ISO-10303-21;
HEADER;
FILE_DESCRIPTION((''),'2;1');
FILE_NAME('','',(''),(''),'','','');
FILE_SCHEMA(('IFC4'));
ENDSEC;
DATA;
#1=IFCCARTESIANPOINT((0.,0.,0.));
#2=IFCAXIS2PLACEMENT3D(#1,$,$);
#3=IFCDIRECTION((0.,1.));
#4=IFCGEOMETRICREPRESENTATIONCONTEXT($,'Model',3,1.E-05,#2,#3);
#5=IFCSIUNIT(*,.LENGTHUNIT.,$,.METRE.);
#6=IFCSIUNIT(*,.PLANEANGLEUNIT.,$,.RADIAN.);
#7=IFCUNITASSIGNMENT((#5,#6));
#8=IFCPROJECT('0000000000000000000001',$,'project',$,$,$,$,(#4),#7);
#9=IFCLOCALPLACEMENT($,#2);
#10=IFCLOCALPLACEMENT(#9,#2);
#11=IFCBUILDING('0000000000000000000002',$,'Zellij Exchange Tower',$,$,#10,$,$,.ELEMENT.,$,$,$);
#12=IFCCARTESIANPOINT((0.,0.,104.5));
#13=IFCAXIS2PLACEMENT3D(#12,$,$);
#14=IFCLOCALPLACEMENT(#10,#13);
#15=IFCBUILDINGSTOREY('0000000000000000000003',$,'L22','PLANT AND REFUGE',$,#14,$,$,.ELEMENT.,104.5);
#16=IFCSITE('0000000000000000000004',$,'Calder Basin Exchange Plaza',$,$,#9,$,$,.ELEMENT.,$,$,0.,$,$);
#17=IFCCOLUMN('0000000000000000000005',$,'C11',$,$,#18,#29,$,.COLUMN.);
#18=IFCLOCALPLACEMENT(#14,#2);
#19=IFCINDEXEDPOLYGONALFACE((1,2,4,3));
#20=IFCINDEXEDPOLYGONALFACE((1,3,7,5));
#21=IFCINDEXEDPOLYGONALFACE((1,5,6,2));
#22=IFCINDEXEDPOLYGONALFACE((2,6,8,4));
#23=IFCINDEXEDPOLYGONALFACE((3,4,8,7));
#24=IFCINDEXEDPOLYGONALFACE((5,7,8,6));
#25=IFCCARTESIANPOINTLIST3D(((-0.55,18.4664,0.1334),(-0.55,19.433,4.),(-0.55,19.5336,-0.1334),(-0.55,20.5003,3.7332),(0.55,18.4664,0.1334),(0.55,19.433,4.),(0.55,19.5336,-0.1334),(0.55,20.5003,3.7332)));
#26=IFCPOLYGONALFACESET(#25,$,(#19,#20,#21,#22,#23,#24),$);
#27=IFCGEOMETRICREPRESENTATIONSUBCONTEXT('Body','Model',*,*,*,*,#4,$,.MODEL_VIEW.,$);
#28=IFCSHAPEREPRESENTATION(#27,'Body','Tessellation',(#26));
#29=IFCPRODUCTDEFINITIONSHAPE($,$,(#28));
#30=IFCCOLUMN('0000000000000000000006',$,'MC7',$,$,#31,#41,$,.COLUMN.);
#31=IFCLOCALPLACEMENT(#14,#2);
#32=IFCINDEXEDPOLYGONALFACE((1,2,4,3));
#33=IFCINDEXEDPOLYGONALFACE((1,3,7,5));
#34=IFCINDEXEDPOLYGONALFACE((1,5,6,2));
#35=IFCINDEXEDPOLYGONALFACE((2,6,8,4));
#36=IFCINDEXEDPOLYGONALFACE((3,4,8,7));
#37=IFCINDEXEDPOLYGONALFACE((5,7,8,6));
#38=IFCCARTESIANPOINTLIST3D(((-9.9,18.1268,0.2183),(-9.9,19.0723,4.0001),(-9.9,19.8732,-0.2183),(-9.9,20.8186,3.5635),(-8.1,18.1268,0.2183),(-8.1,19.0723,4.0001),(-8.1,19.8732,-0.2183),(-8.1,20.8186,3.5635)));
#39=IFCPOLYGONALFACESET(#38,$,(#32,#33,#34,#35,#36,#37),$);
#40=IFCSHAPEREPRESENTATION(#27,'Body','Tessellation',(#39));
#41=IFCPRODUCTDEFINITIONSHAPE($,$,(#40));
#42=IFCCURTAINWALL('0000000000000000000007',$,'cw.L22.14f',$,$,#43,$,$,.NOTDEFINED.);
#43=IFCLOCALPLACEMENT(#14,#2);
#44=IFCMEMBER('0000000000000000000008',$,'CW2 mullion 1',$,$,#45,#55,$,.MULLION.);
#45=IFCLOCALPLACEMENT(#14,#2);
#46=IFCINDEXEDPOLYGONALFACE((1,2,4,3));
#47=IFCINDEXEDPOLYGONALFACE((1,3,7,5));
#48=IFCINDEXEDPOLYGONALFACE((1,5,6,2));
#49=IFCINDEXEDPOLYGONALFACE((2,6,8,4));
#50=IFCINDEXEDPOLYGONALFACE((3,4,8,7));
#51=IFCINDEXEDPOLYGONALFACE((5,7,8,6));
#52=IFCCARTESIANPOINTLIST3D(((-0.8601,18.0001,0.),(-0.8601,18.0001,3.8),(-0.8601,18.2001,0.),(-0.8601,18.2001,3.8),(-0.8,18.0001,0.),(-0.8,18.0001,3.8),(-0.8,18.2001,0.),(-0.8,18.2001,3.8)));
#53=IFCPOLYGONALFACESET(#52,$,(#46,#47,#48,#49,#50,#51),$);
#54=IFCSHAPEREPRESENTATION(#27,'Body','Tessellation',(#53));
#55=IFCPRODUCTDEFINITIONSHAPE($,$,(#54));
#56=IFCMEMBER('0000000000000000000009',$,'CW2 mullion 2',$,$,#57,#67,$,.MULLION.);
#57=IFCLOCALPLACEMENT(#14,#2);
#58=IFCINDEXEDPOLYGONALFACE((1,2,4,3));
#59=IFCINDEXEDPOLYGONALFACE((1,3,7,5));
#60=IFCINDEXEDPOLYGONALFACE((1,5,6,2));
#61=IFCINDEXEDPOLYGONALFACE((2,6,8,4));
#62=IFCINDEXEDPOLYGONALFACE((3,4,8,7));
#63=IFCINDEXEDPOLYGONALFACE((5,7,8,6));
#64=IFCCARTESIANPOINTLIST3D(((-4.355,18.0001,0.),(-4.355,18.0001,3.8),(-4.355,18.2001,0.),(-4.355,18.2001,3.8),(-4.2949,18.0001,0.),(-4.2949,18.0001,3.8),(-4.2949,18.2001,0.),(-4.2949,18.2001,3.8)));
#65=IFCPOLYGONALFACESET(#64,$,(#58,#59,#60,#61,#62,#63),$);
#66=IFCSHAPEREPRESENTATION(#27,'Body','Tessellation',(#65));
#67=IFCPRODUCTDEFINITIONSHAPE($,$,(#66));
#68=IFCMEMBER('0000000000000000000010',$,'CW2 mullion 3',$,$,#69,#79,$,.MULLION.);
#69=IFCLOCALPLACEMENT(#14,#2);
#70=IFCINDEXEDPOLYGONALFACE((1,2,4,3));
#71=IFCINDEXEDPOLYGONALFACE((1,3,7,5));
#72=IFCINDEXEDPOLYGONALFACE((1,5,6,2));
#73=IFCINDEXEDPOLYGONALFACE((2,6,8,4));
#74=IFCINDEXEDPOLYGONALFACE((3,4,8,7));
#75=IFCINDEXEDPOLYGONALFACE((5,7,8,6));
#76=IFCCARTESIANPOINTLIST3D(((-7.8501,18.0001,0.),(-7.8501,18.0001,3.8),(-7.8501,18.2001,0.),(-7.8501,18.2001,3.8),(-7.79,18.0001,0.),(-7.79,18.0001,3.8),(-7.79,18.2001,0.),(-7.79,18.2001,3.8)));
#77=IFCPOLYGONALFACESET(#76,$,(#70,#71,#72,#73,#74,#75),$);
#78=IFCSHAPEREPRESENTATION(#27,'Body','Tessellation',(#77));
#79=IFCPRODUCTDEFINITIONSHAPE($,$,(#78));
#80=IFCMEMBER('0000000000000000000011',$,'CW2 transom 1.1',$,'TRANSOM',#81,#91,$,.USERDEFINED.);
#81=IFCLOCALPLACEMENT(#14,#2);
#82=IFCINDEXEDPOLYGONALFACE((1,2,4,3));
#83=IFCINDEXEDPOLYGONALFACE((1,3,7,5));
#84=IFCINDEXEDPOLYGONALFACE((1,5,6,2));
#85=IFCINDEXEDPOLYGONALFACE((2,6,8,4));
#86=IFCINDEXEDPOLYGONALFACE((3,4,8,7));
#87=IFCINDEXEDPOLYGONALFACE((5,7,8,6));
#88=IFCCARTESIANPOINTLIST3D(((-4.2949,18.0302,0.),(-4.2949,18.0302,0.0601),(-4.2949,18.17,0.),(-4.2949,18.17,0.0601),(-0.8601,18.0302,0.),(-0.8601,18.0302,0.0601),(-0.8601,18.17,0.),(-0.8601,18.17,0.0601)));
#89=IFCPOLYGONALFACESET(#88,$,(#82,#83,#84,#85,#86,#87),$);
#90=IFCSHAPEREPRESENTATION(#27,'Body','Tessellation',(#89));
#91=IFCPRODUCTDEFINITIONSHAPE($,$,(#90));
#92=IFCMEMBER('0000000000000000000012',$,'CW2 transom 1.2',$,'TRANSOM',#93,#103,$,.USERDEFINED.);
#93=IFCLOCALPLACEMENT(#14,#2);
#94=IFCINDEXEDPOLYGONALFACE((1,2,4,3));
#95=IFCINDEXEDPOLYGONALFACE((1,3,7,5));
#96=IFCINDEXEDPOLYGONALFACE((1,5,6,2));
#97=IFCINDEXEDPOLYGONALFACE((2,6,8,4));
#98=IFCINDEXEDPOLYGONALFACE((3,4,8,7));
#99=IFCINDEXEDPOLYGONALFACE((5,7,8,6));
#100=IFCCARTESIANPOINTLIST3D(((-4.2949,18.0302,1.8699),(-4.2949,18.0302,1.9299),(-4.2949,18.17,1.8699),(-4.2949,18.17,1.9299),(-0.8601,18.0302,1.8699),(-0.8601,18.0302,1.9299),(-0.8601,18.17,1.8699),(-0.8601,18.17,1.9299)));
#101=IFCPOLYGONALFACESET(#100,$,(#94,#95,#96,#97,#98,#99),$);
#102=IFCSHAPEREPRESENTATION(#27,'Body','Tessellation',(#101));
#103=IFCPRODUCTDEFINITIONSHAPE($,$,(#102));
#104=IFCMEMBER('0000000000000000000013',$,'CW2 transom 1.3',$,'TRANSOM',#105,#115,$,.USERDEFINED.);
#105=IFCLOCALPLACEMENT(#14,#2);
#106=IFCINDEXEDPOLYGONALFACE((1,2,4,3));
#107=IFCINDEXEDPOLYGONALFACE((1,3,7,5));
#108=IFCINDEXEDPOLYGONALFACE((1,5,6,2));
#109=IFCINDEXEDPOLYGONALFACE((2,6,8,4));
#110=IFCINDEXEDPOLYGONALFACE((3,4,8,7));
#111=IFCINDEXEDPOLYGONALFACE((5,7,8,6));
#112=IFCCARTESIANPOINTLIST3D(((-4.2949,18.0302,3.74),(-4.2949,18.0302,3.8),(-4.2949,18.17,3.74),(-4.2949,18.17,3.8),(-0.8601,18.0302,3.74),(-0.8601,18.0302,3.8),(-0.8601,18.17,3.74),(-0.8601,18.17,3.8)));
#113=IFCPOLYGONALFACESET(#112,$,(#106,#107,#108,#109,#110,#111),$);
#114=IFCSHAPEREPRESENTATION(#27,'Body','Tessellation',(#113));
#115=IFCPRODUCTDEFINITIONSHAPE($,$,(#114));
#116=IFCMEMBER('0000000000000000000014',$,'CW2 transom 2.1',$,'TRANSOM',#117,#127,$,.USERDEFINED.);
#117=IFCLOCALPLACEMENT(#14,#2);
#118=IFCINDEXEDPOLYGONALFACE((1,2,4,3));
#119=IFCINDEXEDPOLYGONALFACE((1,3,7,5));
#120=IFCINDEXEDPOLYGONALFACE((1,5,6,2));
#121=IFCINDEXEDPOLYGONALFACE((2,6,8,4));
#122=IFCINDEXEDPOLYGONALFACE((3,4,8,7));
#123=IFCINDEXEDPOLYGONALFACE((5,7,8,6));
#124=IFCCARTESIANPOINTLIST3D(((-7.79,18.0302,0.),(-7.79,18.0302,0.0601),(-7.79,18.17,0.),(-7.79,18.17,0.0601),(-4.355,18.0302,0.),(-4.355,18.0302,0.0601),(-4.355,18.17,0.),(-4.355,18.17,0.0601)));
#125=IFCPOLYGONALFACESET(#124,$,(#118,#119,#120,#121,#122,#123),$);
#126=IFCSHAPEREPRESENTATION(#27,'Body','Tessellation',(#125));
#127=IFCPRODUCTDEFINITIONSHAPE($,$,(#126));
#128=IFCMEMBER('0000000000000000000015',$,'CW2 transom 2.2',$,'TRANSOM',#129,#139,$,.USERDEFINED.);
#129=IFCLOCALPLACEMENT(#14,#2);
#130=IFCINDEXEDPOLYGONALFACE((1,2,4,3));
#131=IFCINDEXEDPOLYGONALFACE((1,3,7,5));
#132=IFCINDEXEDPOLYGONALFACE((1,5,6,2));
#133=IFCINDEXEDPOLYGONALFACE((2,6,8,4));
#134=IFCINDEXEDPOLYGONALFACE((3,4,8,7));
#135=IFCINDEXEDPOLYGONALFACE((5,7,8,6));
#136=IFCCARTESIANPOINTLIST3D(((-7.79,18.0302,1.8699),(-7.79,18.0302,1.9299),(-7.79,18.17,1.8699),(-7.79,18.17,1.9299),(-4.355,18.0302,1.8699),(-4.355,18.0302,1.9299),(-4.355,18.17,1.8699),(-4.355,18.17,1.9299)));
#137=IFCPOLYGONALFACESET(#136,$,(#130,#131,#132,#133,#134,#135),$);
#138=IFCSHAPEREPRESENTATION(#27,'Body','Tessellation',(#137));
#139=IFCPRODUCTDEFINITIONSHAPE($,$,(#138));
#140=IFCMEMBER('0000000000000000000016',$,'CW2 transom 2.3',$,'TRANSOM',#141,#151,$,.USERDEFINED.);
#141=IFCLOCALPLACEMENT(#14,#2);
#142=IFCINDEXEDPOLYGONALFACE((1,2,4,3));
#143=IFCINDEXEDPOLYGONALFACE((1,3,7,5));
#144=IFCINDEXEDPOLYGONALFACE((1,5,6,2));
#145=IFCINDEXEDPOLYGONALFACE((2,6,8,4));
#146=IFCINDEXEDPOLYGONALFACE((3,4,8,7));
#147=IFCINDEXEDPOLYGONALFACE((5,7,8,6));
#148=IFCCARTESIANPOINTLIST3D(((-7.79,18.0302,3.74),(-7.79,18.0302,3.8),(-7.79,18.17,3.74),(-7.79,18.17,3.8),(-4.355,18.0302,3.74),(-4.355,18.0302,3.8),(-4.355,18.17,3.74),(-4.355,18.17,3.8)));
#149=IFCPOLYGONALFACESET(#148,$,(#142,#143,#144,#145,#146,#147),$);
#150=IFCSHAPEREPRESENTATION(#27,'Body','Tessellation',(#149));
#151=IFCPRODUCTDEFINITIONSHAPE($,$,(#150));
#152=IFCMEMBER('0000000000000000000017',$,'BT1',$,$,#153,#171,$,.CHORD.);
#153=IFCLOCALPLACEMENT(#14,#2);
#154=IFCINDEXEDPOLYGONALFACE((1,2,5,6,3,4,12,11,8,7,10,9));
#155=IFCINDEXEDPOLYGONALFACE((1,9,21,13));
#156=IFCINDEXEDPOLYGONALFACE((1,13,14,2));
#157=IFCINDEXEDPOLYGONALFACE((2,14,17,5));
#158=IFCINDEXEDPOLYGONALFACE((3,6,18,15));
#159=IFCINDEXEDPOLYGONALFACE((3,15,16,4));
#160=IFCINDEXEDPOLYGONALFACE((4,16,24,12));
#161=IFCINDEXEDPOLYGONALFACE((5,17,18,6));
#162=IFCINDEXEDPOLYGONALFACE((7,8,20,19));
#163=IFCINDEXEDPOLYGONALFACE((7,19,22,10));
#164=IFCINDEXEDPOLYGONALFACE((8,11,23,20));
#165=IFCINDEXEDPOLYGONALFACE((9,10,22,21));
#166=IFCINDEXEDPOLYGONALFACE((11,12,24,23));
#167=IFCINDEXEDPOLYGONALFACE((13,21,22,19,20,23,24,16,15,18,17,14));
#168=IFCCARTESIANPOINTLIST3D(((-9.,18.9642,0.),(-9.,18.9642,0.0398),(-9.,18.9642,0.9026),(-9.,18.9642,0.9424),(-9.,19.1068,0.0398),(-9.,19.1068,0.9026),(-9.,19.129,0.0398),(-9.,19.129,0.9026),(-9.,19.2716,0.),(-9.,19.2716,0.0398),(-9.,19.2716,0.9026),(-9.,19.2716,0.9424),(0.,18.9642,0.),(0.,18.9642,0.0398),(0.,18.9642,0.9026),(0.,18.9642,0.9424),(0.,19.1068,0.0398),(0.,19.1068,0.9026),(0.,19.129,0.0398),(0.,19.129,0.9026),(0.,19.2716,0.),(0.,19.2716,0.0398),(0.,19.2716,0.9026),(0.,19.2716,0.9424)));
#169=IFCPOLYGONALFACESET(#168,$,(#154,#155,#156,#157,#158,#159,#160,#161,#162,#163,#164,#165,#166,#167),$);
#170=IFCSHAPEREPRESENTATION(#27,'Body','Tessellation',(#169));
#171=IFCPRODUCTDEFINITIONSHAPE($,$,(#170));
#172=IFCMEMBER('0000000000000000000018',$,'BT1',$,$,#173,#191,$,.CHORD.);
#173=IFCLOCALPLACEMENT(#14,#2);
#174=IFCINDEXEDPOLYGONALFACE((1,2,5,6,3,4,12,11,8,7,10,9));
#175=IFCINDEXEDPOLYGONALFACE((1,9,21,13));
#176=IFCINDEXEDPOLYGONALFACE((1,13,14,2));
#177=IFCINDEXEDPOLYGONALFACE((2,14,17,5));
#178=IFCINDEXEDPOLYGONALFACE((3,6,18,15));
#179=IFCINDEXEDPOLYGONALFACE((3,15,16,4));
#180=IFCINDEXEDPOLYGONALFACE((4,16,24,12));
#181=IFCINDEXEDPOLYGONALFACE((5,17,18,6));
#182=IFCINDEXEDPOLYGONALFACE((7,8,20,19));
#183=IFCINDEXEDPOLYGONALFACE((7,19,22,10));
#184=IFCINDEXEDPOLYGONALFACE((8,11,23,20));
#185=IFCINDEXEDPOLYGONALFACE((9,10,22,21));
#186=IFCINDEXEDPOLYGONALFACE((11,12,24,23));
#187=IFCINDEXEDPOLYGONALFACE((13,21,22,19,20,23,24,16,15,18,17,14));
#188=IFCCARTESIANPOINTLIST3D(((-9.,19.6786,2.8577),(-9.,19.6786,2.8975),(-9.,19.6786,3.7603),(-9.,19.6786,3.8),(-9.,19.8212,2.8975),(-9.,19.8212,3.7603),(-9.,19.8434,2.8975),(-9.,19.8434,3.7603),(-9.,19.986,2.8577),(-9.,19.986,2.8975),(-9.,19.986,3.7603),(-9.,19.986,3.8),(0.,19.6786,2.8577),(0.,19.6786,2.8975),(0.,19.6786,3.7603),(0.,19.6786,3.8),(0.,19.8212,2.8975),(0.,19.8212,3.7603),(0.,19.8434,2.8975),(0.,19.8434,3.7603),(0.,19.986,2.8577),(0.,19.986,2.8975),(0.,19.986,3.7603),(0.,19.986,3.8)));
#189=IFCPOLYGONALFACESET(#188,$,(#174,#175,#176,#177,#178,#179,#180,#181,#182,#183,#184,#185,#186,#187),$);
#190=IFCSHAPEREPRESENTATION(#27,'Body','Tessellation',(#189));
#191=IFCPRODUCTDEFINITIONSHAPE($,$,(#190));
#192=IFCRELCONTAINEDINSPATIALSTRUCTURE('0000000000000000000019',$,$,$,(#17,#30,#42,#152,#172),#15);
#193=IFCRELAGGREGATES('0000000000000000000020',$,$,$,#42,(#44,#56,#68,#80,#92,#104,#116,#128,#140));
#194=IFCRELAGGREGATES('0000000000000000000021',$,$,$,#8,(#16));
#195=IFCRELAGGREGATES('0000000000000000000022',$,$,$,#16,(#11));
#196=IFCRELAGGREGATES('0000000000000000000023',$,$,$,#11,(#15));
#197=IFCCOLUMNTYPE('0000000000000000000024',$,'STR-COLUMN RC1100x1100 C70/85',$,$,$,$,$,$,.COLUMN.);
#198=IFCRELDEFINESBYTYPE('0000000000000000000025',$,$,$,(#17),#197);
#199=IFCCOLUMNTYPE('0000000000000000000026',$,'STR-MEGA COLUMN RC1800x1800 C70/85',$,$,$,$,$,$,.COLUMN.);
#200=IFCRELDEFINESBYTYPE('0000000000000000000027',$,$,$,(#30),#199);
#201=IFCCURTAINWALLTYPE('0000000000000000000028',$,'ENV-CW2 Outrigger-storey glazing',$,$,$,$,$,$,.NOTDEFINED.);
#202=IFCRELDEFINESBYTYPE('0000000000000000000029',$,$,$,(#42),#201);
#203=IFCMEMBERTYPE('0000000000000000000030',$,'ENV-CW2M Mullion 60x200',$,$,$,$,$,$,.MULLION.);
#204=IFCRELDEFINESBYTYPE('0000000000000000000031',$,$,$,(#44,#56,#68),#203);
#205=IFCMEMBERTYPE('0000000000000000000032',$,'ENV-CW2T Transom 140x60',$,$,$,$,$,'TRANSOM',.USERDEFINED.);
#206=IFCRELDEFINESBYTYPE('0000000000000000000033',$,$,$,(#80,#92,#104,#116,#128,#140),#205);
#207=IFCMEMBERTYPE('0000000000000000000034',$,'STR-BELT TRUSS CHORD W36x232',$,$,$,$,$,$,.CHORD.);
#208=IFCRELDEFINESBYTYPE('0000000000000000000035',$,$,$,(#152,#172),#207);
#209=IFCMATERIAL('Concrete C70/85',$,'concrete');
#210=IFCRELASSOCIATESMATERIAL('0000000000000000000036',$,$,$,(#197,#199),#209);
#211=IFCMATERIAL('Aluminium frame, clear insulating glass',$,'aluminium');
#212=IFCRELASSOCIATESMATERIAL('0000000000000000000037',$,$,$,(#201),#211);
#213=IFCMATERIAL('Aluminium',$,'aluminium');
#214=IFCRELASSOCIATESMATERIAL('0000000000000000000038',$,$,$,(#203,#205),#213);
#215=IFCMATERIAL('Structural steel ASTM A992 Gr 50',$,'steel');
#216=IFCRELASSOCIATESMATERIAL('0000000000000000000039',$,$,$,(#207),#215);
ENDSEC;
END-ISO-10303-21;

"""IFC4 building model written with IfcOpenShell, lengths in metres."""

from ifc_helpers import new_model, si_unit, direction, frame, origin, origin_2d, place, context, subcontext, project, spatial, rectangle, i_section, extrude, clip, halfspace, material, material_profile, profile_set, type_object, element, aggregate, save


model = new_model("IFC4")

# Units and contexts
model_context = context("Model", 3, precision=1e-05, world=origin(), true_north=direction((0.0, 1.0)))
body_context = subcontext(model_context, "Body", "Model", "MODEL_VIEW")
ifc_project = project(units=[si_unit("LENGTHUNIT", "METRE"), si_unit("PLANEANGLEUNIT", "RADIAN")], contexts=[model_context])

# Site, building, storey
site_placement = place(None, origin())
site = spatial("IfcSite", under=ifc_project, at=site_placement, Name="Calder Basin Exchange Plaza", CompositionType="ELEMENT", RefElevation=0.0)
building_placement = place(site_placement, origin())
building = spatial("IfcBuilding", under=site, at=building_placement, Name="Zellij Exchange Tower", CompositionType="ELEMENT")
storey_placement = place(building_placement, frame((0.0, 0.0, 104.5)))
storey = spatial("IfcBuildingStorey", under=building, at=storey_placement, Name="L22", Description="PLANT AND REFUGE", CompositionType="ELEMENT", Elevation=104.5)

# Columns
ifc_material_1 = material(Name="Concrete C70/85", Category="concrete")
ifc_material_profile_1 = material_profile(ifc_material_1, rectangle(XDim=1.1001, YDim=1.1001, at=origin_2d()), Name="STR-COLUMN RC1100x1100 C70/85")
ifc_profile_set_1 = profile_set([ifc_material_profile_1], Name="Concrete C70/85")
column_type_1 = type_object("IfcColumnType", Name="STR-COLUMN RC1100x1100 C70/85", PredefinedType="COLUMN", material=ifc_profile_set_1)
column_1_placement = place(storey_placement, frame((0.0, 19.0, 0.0), z_axis=(0.0, 0.242536, 0.970143), x_axis=(-1.0, 0.0, 0.0)))
element("IfcColumn", 1, at=column_1_placement, inside=storey, type_object=column_type_1, Name="C11", PredefinedType="COLUMN", context=body_context, shape_type="Clipping", body=[
    clip(extrude(rectangle(XDim=1.1001, YDim=1.1001, at=origin_2d()), origin(), (0.0, 0.0, 1.0), 4.123), halfspace(frame((0.0, 0.0, 3.9856)), False)),
])
ifc_material_profile_2 = material_profile(ifc_material_1, rectangle(XDim=1.8, YDim=1.8, at=origin_2d()), Name="STR-MEGA COLUMN RC1800x1800 C70/85")
ifc_profile_set_2 = profile_set([ifc_material_profile_2], Name="Concrete C70/85")
column_type_2 = type_object("IfcColumnType", Name="STR-MEGA COLUMN RC1800x1800 C70/85", PredefinedType="COLUMN", material=ifc_profile_set_2)
column_2_placement = place(storey_placement, frame((-9.0, 19.0, 0.0), z_axis=(0.0, 0.242536, 0.970143), x_axis=(-1.0, 0.0, 0.0)))
element("IfcColumn", 2, at=column_2_placement, inside=storey, type_object=column_type_2, Name="MC7", PredefinedType="COLUMN", context=body_context, shape_type="Clipping", body=[
    clip(extrude(rectangle(XDim=1.8, YDim=1.8, at=origin_2d()), origin(), (0.0, 0.0, 1.0), 4.123), halfspace(frame((0.0, 0.0, 3.8982)), False)),
])

# Curtain wall, members
ifc_material_2 = material(Name="Aluminium frame, clear insulating glass", Category="aluminium")
curtain_wall_type = type_object("IfcCurtainWallType", Name="ENV-CW2 Outrigger-storey glazing", PredefinedType="NOTDEFINED", material=ifc_material_2)
curtain_wall_placement = place(storey_placement, origin())
curtain_wall = element("IfcCurtainWall", 3, at=curtain_wall_placement, inside=storey, type_object=curtain_wall_type, Name="cw.L22.14f", PredefinedType="NOTDEFINED")
ifc_material_3 = material(Name="Aluminium", Category="aluminium")
ifc_material_profile_3 = material_profile(ifc_material_3, rectangle(XDim=0.0601, YDim=0.2, at=origin_2d()), Name="AL 60x200")
ifc_profile_set_3 = profile_set([ifc_material_profile_3], Name="Aluminium")
member_type_1 = type_object("IfcMemberType", Name="ENV-CW2M Mullion 60x200", PredefinedType="MULLION", material=ifc_profile_set_3)
member_1_placement = place(storey_placement, frame((-0.8301, 18.1001, 0.0), z_axis=(0.0, 0.0, 1.0), x_axis=(-1.0, 0.0, 0.0)))
member_1 = element("IfcMember", 4, at=member_1_placement, type_object=member_type_1, Name="CW2 mullion 1", PredefinedType="MULLION", context=body_context, shape_type="SweptSolid", body=[
    extrude(rectangle(XDim=0.0601, YDim=0.2, at=origin_2d()), origin(), (0.0, 0.0, 1.0), 3.8),
])
member_2_placement = place(storey_placement, frame((-4.325, 18.1001, 0.0), z_axis=(0.0, 0.0, 1.0), x_axis=(-1.0, 0.0, 0.0)))
member_2 = element("IfcMember", 5, at=member_2_placement, type_object=member_type_1, Name="CW2 mullion 2", PredefinedType="MULLION", context=body_context, shape_type="SweptSolid", body=[
    extrude(rectangle(XDim=0.0601, YDim=0.2, at=origin_2d()), origin(), (0.0, 0.0, 1.0), 3.8),
])
member_3_placement = place(storey_placement, frame((-7.8201, 18.1001, 0.0), z_axis=(0.0, 0.0, 1.0), x_axis=(-1.0, 0.0, 0.0)))
member_3 = element("IfcMember", 6, at=member_3_placement, type_object=member_type_1, Name="CW2 mullion 3", PredefinedType="MULLION", context=body_context, shape_type="SweptSolid", body=[
    extrude(rectangle(XDim=0.0601, YDim=0.2, at=origin_2d()), origin(), (0.0, 0.0, 1.0), 3.8),
])
ifc_material_profile_4 = material_profile(ifc_material_3, rectangle(XDim=0.1399, YDim=0.0601, at=origin_2d()), Name="AL 140x60")
ifc_profile_set_4 = profile_set([ifc_material_profile_4], Name="Aluminium")
member_type_2 = type_object("IfcMemberType", Name="ENV-CW2T Transom 140x60", ElementType="TRANSOM", PredefinedType="USERDEFINED", material=ifc_profile_set_4)
member_4_placement = place(storey_placement, frame((-0.8601, 18.1001, 0.03), z_axis=(-1.0, 0.0, 0.0), x_axis=(0.0, -1.0, 0.0)))
member_4 = element("IfcMember", 7, at=member_4_placement, type_object=member_type_2, Name="CW2 transom 1.1", ObjectType="TRANSOM", PredefinedType="USERDEFINED", context=body_context, shape_type="SweptSolid", body=[
    extrude(rectangle(XDim=0.1399, YDim=0.0601, at=origin_2d()), origin(), (0.0, 0.0, 1.0), 3.4348),
])
member_5_placement = place(storey_placement, frame((-0.8601, 18.1001, 1.8999), z_axis=(-1.0, 0.0, 0.0), x_axis=(0.0, -1.0, 0.0)))
member_5 = element("IfcMember", 8, at=member_5_placement, type_object=member_type_2, Name="CW2 transom 1.2", ObjectType="TRANSOM", PredefinedType="USERDEFINED", context=body_context, shape_type="SweptSolid", body=[
    extrude(rectangle(XDim=0.1399, YDim=0.0601, at=origin_2d()), origin(), (0.0, 0.0, 1.0), 3.4348),
])
member_6_placement = place(storey_placement, frame((-0.8601, 18.1001, 3.77), z_axis=(-1.0, 0.0, 0.0), x_axis=(0.0, -1.0, 0.0)))
member_6 = element("IfcMember", 9, at=member_6_placement, type_object=member_type_2, Name="CW2 transom 1.3", ObjectType="TRANSOM", PredefinedType="USERDEFINED", context=body_context, shape_type="SweptSolid", body=[
    extrude(rectangle(XDim=0.1399, YDim=0.0601, at=origin_2d()), origin(), (0.0, 0.0, 1.0), 3.4348),
])
member_7_placement = place(storey_placement, frame((-4.355, 18.1001, 0.03), z_axis=(-1.0, 0.0, 0.0), x_axis=(0.0, -1.0, 0.0)))
member_7 = element("IfcMember", 10, at=member_7_placement, type_object=member_type_2, Name="CW2 transom 2.1", ObjectType="TRANSOM", PredefinedType="USERDEFINED", context=body_context, shape_type="SweptSolid", body=[
    extrude(rectangle(XDim=0.1399, YDim=0.0601, at=origin_2d()), origin(), (0.0, 0.0, 1.0), 3.4351),
])
member_8_placement = place(storey_placement, frame((-4.355, 18.1001, 1.8999), z_axis=(-1.0, 0.0, 0.0), x_axis=(0.0, -1.0, 0.0)))
member_8 = element("IfcMember", 11, at=member_8_placement, type_object=member_type_2, Name="CW2 transom 2.2", ObjectType="TRANSOM", PredefinedType="USERDEFINED", context=body_context, shape_type="SweptSolid", body=[
    extrude(rectangle(XDim=0.1399, YDim=0.0601, at=origin_2d()), origin(), (0.0, 0.0, 1.0), 3.4351),
])
member_9_placement = place(storey_placement, frame((-4.355, 18.1001, 3.77), z_axis=(-1.0, 0.0, 0.0), x_axis=(0.0, -1.0, 0.0)))
member_9 = element("IfcMember", 12, at=member_9_placement, type_object=member_type_2, Name="CW2 transom 2.3", ObjectType="TRANSOM", PredefinedType="USERDEFINED", context=body_context, shape_type="SweptSolid", body=[
    extrude(rectangle(XDim=0.1399, YDim=0.0601, at=origin_2d()), origin(), (0.0, 0.0, 1.0), 3.4351),
])

# Members
ifc_material_4 = material(Name="Structural steel ASTM A992 Gr 50", Category="steel")
ifc_material_profile_5 = material_profile(ifc_material_4, i_section(OverallWidth=0.3074, OverallDepth=0.9424, WebThickness=0.0222, FlangeThickness=0.0398, at=origin_2d()), Name="W36x232")
ifc_profile_set_5 = profile_set([ifc_material_profile_5], Name="Structural steel ASTM A992 Gr 50")
member_type_3 = type_object("IfcMemberType", Name="STR-BELT TRUSS CHORD W36x232", PredefinedType="CHORD", material=ifc_profile_set_5)
for number, where, z_axis, x_axis, name in (
    (13, (-9.0, 19.1179, 0.4712), (1.0, 0.0, 0.0), (0.0, 1.0, 0.0), "BT1"),
    (14, (-9.0, 19.8323, 3.3289), (1.0, 0.0, 0.0), (0.0, 1.0, 0.0), "BT1"),
):
    element("IfcMember", number, at=place(storey_placement, frame(where, z_axis=z_axis, x_axis=x_axis)), inside=storey, type_object=member_type_3, Name=name, PredefinedType="CHORD", context=body_context, shape_type="SweptSolid", body=[
        extrude(i_section(OverallWidth=0.3074, OverallDepth=0.9424, WebThickness=0.0222, FlangeThickness=0.0398, at=origin_2d()), origin(), (0.0, 0.0, 1.0), 9.0),
    ])

aggregate(curtain_wall, [member_1, member_2, member_3, member_4, member_5, member_6, member_7, member_8, member_9])

save(model, "model.ifc")
